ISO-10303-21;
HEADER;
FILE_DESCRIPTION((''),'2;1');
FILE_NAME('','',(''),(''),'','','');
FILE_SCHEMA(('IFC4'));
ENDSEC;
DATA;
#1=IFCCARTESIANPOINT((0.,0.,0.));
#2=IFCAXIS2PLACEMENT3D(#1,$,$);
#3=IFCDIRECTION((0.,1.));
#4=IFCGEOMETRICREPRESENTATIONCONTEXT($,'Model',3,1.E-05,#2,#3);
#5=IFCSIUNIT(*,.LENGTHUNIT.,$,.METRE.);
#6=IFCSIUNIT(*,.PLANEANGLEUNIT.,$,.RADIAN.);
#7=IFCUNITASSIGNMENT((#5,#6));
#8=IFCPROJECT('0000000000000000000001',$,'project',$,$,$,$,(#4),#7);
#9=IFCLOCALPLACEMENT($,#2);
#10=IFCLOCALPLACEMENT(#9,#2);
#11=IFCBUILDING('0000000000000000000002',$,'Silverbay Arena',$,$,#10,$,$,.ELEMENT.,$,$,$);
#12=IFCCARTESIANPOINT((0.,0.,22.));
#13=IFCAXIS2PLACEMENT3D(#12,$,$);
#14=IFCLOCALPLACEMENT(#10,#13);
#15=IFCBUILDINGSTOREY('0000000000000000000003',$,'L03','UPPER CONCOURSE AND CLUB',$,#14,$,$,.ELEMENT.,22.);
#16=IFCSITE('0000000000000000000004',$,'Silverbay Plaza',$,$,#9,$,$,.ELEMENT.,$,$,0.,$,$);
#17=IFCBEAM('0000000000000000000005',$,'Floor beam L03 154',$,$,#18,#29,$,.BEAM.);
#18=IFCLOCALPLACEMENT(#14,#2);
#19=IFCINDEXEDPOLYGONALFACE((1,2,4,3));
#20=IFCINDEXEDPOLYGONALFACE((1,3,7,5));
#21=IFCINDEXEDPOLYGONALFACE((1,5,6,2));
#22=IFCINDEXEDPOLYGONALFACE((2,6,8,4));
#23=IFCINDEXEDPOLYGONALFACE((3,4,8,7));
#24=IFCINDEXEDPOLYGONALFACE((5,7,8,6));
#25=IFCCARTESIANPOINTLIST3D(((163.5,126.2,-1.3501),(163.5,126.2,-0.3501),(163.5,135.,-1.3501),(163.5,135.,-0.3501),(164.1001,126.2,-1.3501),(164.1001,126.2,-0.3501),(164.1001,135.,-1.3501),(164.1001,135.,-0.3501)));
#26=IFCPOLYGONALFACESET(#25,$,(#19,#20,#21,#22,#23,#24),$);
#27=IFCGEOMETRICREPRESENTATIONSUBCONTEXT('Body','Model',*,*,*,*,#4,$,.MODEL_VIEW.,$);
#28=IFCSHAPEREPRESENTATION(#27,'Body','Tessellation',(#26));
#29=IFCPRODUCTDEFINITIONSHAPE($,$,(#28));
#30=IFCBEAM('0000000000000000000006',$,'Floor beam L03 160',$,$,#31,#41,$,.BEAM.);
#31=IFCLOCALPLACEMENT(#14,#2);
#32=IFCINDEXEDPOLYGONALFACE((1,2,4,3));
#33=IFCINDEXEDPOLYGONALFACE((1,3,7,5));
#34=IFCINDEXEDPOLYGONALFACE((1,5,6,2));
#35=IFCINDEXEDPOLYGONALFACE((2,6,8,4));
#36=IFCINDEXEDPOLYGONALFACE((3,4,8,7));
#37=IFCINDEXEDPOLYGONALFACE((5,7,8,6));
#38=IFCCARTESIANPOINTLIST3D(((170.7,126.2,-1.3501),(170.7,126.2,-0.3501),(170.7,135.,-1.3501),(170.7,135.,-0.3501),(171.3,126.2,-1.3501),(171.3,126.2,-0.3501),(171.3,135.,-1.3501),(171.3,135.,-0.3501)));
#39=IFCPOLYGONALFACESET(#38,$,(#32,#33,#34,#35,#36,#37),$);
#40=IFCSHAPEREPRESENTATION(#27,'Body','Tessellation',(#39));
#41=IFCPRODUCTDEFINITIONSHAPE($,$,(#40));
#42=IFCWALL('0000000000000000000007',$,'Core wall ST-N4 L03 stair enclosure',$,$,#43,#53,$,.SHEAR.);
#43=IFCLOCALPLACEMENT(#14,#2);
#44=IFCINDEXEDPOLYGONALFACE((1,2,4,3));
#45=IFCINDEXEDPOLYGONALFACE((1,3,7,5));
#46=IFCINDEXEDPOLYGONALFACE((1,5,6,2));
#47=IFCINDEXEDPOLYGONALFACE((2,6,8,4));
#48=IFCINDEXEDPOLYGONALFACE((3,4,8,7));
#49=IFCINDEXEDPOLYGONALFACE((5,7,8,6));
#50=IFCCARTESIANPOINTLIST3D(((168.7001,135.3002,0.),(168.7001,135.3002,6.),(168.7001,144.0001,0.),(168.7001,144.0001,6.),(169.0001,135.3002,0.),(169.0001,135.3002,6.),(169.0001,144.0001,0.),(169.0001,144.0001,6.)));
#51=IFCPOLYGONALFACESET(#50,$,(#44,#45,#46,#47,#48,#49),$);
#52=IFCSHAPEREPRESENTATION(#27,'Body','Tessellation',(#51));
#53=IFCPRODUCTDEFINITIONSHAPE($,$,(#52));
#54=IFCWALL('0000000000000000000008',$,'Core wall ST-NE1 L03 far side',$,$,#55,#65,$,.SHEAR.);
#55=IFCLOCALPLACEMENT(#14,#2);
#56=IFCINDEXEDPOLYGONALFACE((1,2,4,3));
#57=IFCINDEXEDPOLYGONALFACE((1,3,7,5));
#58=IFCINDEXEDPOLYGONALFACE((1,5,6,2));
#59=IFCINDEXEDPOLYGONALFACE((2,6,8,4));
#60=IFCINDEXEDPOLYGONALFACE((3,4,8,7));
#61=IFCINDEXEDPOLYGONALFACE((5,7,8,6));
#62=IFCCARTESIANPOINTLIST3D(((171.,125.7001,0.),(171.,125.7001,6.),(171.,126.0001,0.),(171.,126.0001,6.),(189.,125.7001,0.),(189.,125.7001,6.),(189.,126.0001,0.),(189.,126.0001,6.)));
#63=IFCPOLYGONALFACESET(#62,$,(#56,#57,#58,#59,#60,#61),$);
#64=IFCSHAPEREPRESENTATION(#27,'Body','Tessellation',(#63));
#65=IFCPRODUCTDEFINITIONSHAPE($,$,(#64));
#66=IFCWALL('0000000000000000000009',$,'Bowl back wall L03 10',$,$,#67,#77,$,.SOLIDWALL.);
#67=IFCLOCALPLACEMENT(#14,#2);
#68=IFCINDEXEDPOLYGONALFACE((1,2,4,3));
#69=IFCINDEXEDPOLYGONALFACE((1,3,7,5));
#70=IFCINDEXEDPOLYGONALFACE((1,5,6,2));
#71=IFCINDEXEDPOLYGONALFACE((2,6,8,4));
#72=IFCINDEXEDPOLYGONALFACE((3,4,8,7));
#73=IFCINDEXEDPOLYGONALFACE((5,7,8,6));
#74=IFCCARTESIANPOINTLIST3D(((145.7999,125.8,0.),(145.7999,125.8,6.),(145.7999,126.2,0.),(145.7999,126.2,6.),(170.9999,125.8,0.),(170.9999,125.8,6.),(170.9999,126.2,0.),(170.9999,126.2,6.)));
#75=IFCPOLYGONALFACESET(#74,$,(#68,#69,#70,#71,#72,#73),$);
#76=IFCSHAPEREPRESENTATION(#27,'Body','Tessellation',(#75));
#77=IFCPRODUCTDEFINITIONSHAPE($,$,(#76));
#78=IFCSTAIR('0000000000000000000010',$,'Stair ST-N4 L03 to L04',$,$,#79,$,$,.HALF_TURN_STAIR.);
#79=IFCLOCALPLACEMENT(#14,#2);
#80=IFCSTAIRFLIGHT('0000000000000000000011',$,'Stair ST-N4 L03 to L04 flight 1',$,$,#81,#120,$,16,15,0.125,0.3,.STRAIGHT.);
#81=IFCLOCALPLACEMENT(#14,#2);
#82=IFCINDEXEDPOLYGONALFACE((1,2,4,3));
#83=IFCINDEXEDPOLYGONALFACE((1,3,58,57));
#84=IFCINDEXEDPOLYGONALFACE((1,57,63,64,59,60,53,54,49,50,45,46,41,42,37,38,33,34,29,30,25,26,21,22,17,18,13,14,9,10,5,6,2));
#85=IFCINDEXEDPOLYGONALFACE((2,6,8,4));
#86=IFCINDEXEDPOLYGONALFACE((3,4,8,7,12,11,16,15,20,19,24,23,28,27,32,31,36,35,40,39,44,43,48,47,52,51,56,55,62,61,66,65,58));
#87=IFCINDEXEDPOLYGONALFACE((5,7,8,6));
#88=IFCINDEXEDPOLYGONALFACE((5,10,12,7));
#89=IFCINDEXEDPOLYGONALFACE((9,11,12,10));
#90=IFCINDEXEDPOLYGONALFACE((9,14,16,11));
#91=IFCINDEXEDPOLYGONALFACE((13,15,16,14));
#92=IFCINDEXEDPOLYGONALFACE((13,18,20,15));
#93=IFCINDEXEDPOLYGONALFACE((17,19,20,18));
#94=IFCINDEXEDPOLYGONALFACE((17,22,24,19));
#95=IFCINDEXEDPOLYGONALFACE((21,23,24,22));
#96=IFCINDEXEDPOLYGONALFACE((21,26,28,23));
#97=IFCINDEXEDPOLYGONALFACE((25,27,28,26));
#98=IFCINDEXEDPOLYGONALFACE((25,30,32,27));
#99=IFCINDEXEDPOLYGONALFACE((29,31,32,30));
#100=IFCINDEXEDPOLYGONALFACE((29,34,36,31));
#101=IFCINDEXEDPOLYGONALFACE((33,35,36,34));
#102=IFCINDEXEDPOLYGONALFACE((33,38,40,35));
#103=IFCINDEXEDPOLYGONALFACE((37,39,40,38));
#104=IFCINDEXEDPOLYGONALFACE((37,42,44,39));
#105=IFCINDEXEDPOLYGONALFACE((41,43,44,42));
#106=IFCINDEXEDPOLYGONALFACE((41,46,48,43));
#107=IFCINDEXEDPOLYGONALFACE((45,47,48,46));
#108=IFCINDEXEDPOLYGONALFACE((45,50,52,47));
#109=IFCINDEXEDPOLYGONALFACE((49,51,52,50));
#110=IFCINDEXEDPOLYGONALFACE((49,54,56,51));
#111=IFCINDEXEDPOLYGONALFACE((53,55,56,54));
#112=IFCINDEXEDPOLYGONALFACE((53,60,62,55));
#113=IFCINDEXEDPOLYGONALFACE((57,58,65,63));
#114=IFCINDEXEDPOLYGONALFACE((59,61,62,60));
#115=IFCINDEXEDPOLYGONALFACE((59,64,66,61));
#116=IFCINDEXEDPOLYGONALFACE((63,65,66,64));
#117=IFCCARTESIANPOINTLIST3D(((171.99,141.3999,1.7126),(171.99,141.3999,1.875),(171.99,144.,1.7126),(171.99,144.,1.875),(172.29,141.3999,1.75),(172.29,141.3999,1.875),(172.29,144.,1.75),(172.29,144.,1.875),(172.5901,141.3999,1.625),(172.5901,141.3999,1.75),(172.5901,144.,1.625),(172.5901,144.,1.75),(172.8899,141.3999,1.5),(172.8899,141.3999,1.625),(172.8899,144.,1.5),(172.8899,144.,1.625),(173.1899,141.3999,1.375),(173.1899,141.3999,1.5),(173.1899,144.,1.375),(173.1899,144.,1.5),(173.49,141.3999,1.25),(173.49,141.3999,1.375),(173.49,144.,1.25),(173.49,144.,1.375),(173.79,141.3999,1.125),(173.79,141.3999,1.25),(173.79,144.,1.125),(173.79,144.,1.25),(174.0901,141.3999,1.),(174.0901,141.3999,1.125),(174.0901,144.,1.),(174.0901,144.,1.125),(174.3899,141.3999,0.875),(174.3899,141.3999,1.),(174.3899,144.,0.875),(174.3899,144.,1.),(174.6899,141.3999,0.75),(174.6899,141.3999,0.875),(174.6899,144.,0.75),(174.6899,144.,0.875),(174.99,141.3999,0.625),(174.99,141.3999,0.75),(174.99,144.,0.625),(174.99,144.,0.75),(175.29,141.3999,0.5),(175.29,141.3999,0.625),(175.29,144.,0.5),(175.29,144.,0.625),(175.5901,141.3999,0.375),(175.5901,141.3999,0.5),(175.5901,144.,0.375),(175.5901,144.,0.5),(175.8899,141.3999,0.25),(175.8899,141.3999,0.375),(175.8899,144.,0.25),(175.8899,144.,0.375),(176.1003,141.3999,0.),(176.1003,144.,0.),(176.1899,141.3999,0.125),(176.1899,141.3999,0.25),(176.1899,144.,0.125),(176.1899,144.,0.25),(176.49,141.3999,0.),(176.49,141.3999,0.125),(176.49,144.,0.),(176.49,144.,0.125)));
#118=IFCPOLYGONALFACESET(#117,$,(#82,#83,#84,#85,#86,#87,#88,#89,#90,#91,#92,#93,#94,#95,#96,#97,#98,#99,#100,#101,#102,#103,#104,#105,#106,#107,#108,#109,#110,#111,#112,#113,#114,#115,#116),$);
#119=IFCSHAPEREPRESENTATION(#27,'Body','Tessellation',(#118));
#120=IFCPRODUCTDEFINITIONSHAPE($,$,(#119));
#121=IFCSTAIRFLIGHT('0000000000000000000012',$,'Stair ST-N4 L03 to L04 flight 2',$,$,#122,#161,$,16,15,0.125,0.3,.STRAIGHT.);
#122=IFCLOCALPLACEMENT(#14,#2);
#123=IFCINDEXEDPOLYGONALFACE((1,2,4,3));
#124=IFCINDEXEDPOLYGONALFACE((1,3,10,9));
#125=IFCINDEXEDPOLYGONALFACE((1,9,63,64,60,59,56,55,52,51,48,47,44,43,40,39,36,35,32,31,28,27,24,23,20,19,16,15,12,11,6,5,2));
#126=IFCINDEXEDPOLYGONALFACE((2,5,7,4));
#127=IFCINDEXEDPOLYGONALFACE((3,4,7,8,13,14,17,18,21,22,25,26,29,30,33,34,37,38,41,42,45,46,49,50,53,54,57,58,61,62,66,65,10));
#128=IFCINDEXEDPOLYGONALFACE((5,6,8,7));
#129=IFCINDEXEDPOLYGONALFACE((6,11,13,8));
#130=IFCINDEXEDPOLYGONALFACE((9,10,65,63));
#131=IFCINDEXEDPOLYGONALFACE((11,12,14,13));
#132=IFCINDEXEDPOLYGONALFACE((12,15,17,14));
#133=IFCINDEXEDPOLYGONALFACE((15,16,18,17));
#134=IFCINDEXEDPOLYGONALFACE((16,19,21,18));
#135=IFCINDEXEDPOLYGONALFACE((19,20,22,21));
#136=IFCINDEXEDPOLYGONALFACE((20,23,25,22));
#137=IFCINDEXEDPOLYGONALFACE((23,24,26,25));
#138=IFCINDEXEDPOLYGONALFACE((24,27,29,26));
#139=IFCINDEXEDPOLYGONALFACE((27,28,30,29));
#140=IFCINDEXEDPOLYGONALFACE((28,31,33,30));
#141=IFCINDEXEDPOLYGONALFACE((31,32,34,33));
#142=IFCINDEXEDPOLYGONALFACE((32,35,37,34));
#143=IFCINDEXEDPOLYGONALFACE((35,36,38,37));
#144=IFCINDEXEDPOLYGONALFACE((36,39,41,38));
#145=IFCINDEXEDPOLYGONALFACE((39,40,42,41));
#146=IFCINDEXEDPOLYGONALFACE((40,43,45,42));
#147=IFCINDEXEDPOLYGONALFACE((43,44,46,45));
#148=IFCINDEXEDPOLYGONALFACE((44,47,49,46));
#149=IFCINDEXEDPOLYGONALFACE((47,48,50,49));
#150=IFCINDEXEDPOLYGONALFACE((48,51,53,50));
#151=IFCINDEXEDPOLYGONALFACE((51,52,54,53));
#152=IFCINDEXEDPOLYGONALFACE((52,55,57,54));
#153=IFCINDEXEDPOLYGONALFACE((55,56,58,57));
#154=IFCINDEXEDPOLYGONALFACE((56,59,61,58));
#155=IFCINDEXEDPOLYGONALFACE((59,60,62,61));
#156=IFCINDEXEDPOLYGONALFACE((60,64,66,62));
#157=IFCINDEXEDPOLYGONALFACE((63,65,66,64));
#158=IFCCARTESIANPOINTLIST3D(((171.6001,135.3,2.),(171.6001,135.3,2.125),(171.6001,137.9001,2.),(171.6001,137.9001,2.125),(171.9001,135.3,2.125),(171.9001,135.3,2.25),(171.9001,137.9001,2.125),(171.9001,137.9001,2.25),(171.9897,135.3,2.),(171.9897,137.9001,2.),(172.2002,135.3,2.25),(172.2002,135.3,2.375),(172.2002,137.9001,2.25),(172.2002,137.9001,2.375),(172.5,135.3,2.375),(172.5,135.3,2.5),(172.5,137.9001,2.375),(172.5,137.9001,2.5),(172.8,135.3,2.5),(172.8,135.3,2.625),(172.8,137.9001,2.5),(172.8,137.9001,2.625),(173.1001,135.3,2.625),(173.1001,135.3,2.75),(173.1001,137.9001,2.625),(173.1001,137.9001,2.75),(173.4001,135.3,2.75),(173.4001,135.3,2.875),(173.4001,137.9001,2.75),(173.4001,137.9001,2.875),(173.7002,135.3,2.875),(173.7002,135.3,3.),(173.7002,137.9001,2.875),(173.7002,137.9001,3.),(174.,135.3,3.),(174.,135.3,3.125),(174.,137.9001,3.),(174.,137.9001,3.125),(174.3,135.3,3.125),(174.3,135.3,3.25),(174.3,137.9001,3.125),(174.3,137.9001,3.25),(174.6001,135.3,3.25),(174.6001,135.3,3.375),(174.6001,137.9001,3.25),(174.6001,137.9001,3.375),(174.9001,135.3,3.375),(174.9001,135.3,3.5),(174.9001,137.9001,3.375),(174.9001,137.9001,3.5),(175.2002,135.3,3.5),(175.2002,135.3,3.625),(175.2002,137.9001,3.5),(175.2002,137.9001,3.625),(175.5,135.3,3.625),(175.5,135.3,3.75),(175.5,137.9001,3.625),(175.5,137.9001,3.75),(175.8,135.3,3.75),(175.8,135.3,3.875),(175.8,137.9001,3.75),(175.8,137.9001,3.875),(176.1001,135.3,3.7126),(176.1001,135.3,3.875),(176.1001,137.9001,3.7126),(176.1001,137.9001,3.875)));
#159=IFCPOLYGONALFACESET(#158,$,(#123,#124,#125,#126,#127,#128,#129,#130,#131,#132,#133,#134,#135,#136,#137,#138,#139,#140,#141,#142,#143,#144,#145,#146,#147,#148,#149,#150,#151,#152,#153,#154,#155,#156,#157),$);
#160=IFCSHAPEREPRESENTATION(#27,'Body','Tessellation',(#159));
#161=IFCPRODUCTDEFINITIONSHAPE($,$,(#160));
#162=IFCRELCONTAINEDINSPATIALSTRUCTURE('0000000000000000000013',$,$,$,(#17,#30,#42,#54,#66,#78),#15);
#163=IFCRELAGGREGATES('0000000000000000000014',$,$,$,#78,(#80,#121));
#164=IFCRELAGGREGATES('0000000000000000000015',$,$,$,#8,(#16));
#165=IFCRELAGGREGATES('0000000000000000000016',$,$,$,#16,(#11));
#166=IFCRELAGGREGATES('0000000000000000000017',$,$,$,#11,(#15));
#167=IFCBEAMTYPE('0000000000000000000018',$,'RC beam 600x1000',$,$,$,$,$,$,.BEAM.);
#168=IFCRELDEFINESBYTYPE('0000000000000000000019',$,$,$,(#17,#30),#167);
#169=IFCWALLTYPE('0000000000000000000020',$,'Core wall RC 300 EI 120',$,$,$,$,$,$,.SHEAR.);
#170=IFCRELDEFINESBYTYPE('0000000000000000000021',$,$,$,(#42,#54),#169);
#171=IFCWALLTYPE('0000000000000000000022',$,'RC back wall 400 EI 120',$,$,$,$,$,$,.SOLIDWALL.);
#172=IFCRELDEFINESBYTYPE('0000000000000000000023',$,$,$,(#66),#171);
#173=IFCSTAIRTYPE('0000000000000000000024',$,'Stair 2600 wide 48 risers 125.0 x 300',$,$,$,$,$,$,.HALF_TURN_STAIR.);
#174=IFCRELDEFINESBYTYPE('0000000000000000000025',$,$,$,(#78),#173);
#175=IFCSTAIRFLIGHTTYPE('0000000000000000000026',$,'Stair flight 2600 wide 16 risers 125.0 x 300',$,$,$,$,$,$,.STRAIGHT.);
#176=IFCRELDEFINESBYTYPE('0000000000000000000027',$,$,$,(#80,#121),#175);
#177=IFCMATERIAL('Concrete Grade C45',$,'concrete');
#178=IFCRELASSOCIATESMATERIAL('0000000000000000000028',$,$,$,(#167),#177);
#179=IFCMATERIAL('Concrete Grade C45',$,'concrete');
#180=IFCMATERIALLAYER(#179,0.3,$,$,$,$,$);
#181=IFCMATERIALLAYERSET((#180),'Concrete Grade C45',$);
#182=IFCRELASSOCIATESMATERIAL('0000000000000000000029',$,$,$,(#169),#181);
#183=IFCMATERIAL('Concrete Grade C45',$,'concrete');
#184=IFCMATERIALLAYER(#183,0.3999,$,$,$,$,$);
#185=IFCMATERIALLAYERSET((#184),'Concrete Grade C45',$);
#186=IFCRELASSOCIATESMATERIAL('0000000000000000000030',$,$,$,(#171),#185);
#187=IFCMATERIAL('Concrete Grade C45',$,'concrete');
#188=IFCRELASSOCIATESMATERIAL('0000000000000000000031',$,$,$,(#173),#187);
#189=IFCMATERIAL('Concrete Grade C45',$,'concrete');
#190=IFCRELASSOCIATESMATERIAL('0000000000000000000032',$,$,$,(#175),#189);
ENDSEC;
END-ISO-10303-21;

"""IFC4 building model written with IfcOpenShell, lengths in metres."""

from ifc_helpers import new_model, si_unit, direction, frame, frame_2d, origin, origin_2d, place, context, subcontext, project, spatial, polyline, rectangle, outline, extrude, material, layer, layer_set, material_profile, profile_set, type_object, element, aggregate, save


model = new_model("IFC4")

# Units and contexts
model_context = context("Model", 3, precision=1e-05, world=origin(), true_north=direction((0.0, 1.0)))
body_context = subcontext(model_context, "Body", "Model", "MODEL_VIEW")
ifc_project = project(units=[si_unit("LENGTHUNIT", "METRE"), si_unit("PLANEANGLEUNIT", "RADIAN")], contexts=[model_context])

# Site, building, storey
site_placement = place(None, origin())
site = spatial("IfcSite", under=ifc_project, at=site_placement, Name="Silverbay Plaza", CompositionType="ELEMENT", RefElevation=0.0)
building_placement = place(site_placement, origin())
building = spatial("IfcBuilding", under=site, at=building_placement, Name="Silverbay Arena", CompositionType="ELEMENT")
storey_placement = place(building_placement, frame((0.0, 0.0, 22.0)))
storey = spatial("IfcBuildingStorey", under=building, at=storey_placement, Name="L03", Description="UPPER CONCOURSE AND CLUB", CompositionType="ELEMENT", Elevation=22.0)

# Beams
ifc_material_1 = material(Name="Concrete Grade C45", Category="concrete")
ifc_material_profile_1 = material_profile(ifc_material_1, rectangle(XDim=0.6001, YDim=1.0, at=origin_2d()), Name="RC 600x1000")
ifc_profile_set_1 = profile_set([ifc_material_profile_1], Name="Concrete Grade C45")
beam_type = type_object("IfcBeamType", Name="RC beam 600x1000", PredefinedType="BEAM", material=ifc_profile_set_1)
for number, where, z_axis, x_axis, name in (
    (1, (163.8, 126.2, -0.8501), (0.0, 1.0, 0.0), (-1.0, 0.0, 0.0), "Floor beam L03 154"),
    (2, (171.0, 126.2, -0.8501), (0.0, 1.0, 0.0), (-1.0, 0.0, 0.0), "Floor beam L03 160"),
):
    element("IfcBeam", number, at=place(storey_placement, frame(where, z_axis=z_axis, x_axis=x_axis)), inside=storey, type_object=beam_type, Name=name, PredefinedType="BEAM", context=body_context, shape_type="SweptSolid", body=[
        extrude(rectangle(XDim=0.6001, YDim=1.0, at=origin_2d()), origin(), (0.0, 0.0, 1.0), 8.8),
    ])

# Walls
ifc_material_2 = material(Name="Concrete Grade C45", Category="concrete")
ifc_layer_1 = layer(ifc_material_2, 0.3)
ifc_layer_set_1 = layer_set([ifc_layer_1], Name="Concrete Grade C45")
wall_type_1 = type_object("IfcWallType", Name="Core wall RC 300 EI 120", PredefinedType="SHEAR", material=ifc_layer_set_1)
wall_1_placement = place(storey_placement, frame((168.8501, 135.3, 0.0), z_axis=(0.0, 0.0, 1.0), x_axis=(0.0, 1.0, 0.0)))
element("IfcWall", 3, at=wall_1_placement, inside=storey, type_object=wall_type_1, Name="Core wall ST-N4 L03 stair enclosure", PredefinedType="SHEAR", context=body_context, shape_type="SweptSolid", body=[
    extrude(rectangle(XDim=8.7, YDim=0.3, at=frame_2d((4.3501, 0.0))), origin(), (0.0, 0.0, 1.0), 6.0),
])
wall_2_placement = place(storey_placement, frame((171.0, 125.8501, 0.0), z_axis=(0.0, 0.0, 1.0), x_axis=(1.0, 0.0, 0.0)))
element("IfcWall", 4, at=wall_2_placement, inside=storey, type_object=wall_type_1, Name="Core wall ST-NE1 L03 far side", PredefinedType="SHEAR", context=body_context, shape_type="SweptSolid", body=[
    extrude(rectangle(XDim=18.0, YDim=0.3, at=frame_2d((9.0, 0.0))), origin(), (0.0, 0.0, 1.0), 6.0),
])
ifc_material_3 = material(Name="Concrete Grade C45", Category="concrete")
ifc_layer_2 = layer(ifc_material_3, 0.3999)
ifc_layer_set_2 = layer_set([ifc_layer_2], Name="Concrete Grade C45")
wall_type_2 = type_object("IfcWallType", Name="RC back wall 400 EI 120", PredefinedType="SOLIDWALL", material=ifc_layer_set_2)
wall_3_placement = place(storey_placement, frame((171.0, 126.0, 0.0), z_axis=(0.0, 0.0, 1.0), x_axis=(-1.0, 0.0, 0.0)))
element("IfcWall", 5, at=wall_3_placement, inside=storey, type_object=wall_type_2, Name="Bowl back wall L03 10", PredefinedType="SOLIDWALL", context=body_context, shape_type="SweptSolid", body=[
    extrude(rectangle(XDim=25.2, YDim=0.3999, at=frame_2d((12.6001, 0.0))), origin(), (0.0, 0.0, 1.0), 6.0),
])

# Stair, stair flights
ifc_material_4 = material(Name="Concrete Grade C45", Category="concrete")
stair_type = type_object("IfcStairType", Name="Stair 2600 wide 48 risers 125.0 x 300", PredefinedType="HALF_TURN_STAIR", material=ifc_material_4)
stair_1_placement = place(storey_placement, origin())
stair_1 = element("IfcStair", 6, at=stair_1_placement, inside=storey, type_object=stair_type, Name="Stair ST-N4 L03 to L04", PredefinedType="HALF_TURN_STAIR")
ifc_material_5 = material(Name="Concrete Grade C45", Category="concrete")
stair_flight_type = type_object("IfcStairFlightType", Name="Stair flight 2600 wide 16 risers 125.0 x 300", PredefinedType="STRAIGHT", material=ifc_material_5)
stair_flight_1_placement = place(storey_placement, frame((176.49, 142.7, 0.0), z_axis=(0.0, 0.0, 1.0), x_axis=(-1.0, 0.0, 0.0)))
stair_flight_1 = element("IfcStairFlight", 7, at=stair_flight_1_placement, type_object=stair_flight_type, Name="Stair ST-N4 L03 to L04 flight 1", NumberOfRisers=16, NumberOfTreads=15, PredefinedType="STRAIGHT", RiserHeight=0.125, TreadLength=0.3, context=body_context, shape_type="SweptSolid", body=[
    extrude(outline(polyline([(0.0, 0.0), (0.0, 0.125), (0.3, 0.125), (0.3, 0.25), (0.6001, 0.25), (0.6001, 0.375), (0.8999, 0.375), (0.8999, 0.5), (1.2, 0.5), (1.2, 0.625), (1.5, 0.625), (1.5, 0.75), (1.8, 0.75), (1.8, 0.875), (2.1001, 0.875), (2.1001, 1.0), (2.3999, 1.0), (2.3999, 1.125), (2.7, 1.125), (2.7, 1.25), (3.0, 1.25), (3.0, 1.375), (3.3, 1.375), (3.3, 1.5), (3.6001, 1.5), (3.6001, 1.625), (3.8999, 1.625), (3.8999, 1.75), (4.2, 1.75), (4.2, 1.875), (4.5, 1.875), (4.5, 1.7126), (0.3896, 0.0), (0.0, 0.0)])), frame((0.0, 1.3, 0.0), z_axis=(0.0, -1.0, 0.0), x_axis=(1.0, 0.0, 0.0)), (0.0, 0.0, 1.0), 2.6001),
])
stair_flight_2_placement = place(storey_placement, frame((171.6001, 136.6001, 2.0), z_axis=(0.0, 0.0, 1.0), x_axis=(1.0, 0.0, 0.0)))
stair_flight_2 = element("IfcStairFlight", 8, at=stair_flight_2_placement, type_object=stair_flight_type, Name="Stair ST-N4 L03 to L04 flight 2", NumberOfRisers=16, NumberOfTreads=15, PredefinedType="STRAIGHT", RiserHeight=0.125, TreadLength=0.3, context=body_context, shape_type="SweptSolid", body=[
    extrude(outline(polyline([(0.0, 0.0), (0.0, 0.125), (0.3, 0.125), (0.3, 0.25), (0.6001, 0.25), (0.6001, 0.375), (0.8999, 0.375), (0.8999, 0.5), (1.2, 0.5), (1.2, 0.625), (1.5, 0.625), (1.5, 0.75), (1.8, 0.75), (1.8, 0.875), (2.1001, 0.875), (2.1001, 1.0), (2.3999, 1.0), (2.3999, 1.125), (2.7, 1.125), (2.7, 1.25), (3.0, 1.25), (3.0, 1.375), (3.3, 1.375), (3.3, 1.5), (3.6001, 1.5), (3.6001, 1.625), (3.8999, 1.625), (3.8999, 1.75), (4.2, 1.75), (4.2, 1.875), (4.5, 1.875), (4.5, 1.7126), (0.3896, 0.0), (0.0, 0.0)])), frame((0.0, 1.3, 0.0), z_axis=(0.0, -1.0, 0.0), x_axis=(1.0, 0.0, 0.0)), (0.0, 0.0, 1.0), 2.6001),
])
aggregate(stair_1, [stair_flight_1, stair_flight_2])

save(model, "model.ifc")
